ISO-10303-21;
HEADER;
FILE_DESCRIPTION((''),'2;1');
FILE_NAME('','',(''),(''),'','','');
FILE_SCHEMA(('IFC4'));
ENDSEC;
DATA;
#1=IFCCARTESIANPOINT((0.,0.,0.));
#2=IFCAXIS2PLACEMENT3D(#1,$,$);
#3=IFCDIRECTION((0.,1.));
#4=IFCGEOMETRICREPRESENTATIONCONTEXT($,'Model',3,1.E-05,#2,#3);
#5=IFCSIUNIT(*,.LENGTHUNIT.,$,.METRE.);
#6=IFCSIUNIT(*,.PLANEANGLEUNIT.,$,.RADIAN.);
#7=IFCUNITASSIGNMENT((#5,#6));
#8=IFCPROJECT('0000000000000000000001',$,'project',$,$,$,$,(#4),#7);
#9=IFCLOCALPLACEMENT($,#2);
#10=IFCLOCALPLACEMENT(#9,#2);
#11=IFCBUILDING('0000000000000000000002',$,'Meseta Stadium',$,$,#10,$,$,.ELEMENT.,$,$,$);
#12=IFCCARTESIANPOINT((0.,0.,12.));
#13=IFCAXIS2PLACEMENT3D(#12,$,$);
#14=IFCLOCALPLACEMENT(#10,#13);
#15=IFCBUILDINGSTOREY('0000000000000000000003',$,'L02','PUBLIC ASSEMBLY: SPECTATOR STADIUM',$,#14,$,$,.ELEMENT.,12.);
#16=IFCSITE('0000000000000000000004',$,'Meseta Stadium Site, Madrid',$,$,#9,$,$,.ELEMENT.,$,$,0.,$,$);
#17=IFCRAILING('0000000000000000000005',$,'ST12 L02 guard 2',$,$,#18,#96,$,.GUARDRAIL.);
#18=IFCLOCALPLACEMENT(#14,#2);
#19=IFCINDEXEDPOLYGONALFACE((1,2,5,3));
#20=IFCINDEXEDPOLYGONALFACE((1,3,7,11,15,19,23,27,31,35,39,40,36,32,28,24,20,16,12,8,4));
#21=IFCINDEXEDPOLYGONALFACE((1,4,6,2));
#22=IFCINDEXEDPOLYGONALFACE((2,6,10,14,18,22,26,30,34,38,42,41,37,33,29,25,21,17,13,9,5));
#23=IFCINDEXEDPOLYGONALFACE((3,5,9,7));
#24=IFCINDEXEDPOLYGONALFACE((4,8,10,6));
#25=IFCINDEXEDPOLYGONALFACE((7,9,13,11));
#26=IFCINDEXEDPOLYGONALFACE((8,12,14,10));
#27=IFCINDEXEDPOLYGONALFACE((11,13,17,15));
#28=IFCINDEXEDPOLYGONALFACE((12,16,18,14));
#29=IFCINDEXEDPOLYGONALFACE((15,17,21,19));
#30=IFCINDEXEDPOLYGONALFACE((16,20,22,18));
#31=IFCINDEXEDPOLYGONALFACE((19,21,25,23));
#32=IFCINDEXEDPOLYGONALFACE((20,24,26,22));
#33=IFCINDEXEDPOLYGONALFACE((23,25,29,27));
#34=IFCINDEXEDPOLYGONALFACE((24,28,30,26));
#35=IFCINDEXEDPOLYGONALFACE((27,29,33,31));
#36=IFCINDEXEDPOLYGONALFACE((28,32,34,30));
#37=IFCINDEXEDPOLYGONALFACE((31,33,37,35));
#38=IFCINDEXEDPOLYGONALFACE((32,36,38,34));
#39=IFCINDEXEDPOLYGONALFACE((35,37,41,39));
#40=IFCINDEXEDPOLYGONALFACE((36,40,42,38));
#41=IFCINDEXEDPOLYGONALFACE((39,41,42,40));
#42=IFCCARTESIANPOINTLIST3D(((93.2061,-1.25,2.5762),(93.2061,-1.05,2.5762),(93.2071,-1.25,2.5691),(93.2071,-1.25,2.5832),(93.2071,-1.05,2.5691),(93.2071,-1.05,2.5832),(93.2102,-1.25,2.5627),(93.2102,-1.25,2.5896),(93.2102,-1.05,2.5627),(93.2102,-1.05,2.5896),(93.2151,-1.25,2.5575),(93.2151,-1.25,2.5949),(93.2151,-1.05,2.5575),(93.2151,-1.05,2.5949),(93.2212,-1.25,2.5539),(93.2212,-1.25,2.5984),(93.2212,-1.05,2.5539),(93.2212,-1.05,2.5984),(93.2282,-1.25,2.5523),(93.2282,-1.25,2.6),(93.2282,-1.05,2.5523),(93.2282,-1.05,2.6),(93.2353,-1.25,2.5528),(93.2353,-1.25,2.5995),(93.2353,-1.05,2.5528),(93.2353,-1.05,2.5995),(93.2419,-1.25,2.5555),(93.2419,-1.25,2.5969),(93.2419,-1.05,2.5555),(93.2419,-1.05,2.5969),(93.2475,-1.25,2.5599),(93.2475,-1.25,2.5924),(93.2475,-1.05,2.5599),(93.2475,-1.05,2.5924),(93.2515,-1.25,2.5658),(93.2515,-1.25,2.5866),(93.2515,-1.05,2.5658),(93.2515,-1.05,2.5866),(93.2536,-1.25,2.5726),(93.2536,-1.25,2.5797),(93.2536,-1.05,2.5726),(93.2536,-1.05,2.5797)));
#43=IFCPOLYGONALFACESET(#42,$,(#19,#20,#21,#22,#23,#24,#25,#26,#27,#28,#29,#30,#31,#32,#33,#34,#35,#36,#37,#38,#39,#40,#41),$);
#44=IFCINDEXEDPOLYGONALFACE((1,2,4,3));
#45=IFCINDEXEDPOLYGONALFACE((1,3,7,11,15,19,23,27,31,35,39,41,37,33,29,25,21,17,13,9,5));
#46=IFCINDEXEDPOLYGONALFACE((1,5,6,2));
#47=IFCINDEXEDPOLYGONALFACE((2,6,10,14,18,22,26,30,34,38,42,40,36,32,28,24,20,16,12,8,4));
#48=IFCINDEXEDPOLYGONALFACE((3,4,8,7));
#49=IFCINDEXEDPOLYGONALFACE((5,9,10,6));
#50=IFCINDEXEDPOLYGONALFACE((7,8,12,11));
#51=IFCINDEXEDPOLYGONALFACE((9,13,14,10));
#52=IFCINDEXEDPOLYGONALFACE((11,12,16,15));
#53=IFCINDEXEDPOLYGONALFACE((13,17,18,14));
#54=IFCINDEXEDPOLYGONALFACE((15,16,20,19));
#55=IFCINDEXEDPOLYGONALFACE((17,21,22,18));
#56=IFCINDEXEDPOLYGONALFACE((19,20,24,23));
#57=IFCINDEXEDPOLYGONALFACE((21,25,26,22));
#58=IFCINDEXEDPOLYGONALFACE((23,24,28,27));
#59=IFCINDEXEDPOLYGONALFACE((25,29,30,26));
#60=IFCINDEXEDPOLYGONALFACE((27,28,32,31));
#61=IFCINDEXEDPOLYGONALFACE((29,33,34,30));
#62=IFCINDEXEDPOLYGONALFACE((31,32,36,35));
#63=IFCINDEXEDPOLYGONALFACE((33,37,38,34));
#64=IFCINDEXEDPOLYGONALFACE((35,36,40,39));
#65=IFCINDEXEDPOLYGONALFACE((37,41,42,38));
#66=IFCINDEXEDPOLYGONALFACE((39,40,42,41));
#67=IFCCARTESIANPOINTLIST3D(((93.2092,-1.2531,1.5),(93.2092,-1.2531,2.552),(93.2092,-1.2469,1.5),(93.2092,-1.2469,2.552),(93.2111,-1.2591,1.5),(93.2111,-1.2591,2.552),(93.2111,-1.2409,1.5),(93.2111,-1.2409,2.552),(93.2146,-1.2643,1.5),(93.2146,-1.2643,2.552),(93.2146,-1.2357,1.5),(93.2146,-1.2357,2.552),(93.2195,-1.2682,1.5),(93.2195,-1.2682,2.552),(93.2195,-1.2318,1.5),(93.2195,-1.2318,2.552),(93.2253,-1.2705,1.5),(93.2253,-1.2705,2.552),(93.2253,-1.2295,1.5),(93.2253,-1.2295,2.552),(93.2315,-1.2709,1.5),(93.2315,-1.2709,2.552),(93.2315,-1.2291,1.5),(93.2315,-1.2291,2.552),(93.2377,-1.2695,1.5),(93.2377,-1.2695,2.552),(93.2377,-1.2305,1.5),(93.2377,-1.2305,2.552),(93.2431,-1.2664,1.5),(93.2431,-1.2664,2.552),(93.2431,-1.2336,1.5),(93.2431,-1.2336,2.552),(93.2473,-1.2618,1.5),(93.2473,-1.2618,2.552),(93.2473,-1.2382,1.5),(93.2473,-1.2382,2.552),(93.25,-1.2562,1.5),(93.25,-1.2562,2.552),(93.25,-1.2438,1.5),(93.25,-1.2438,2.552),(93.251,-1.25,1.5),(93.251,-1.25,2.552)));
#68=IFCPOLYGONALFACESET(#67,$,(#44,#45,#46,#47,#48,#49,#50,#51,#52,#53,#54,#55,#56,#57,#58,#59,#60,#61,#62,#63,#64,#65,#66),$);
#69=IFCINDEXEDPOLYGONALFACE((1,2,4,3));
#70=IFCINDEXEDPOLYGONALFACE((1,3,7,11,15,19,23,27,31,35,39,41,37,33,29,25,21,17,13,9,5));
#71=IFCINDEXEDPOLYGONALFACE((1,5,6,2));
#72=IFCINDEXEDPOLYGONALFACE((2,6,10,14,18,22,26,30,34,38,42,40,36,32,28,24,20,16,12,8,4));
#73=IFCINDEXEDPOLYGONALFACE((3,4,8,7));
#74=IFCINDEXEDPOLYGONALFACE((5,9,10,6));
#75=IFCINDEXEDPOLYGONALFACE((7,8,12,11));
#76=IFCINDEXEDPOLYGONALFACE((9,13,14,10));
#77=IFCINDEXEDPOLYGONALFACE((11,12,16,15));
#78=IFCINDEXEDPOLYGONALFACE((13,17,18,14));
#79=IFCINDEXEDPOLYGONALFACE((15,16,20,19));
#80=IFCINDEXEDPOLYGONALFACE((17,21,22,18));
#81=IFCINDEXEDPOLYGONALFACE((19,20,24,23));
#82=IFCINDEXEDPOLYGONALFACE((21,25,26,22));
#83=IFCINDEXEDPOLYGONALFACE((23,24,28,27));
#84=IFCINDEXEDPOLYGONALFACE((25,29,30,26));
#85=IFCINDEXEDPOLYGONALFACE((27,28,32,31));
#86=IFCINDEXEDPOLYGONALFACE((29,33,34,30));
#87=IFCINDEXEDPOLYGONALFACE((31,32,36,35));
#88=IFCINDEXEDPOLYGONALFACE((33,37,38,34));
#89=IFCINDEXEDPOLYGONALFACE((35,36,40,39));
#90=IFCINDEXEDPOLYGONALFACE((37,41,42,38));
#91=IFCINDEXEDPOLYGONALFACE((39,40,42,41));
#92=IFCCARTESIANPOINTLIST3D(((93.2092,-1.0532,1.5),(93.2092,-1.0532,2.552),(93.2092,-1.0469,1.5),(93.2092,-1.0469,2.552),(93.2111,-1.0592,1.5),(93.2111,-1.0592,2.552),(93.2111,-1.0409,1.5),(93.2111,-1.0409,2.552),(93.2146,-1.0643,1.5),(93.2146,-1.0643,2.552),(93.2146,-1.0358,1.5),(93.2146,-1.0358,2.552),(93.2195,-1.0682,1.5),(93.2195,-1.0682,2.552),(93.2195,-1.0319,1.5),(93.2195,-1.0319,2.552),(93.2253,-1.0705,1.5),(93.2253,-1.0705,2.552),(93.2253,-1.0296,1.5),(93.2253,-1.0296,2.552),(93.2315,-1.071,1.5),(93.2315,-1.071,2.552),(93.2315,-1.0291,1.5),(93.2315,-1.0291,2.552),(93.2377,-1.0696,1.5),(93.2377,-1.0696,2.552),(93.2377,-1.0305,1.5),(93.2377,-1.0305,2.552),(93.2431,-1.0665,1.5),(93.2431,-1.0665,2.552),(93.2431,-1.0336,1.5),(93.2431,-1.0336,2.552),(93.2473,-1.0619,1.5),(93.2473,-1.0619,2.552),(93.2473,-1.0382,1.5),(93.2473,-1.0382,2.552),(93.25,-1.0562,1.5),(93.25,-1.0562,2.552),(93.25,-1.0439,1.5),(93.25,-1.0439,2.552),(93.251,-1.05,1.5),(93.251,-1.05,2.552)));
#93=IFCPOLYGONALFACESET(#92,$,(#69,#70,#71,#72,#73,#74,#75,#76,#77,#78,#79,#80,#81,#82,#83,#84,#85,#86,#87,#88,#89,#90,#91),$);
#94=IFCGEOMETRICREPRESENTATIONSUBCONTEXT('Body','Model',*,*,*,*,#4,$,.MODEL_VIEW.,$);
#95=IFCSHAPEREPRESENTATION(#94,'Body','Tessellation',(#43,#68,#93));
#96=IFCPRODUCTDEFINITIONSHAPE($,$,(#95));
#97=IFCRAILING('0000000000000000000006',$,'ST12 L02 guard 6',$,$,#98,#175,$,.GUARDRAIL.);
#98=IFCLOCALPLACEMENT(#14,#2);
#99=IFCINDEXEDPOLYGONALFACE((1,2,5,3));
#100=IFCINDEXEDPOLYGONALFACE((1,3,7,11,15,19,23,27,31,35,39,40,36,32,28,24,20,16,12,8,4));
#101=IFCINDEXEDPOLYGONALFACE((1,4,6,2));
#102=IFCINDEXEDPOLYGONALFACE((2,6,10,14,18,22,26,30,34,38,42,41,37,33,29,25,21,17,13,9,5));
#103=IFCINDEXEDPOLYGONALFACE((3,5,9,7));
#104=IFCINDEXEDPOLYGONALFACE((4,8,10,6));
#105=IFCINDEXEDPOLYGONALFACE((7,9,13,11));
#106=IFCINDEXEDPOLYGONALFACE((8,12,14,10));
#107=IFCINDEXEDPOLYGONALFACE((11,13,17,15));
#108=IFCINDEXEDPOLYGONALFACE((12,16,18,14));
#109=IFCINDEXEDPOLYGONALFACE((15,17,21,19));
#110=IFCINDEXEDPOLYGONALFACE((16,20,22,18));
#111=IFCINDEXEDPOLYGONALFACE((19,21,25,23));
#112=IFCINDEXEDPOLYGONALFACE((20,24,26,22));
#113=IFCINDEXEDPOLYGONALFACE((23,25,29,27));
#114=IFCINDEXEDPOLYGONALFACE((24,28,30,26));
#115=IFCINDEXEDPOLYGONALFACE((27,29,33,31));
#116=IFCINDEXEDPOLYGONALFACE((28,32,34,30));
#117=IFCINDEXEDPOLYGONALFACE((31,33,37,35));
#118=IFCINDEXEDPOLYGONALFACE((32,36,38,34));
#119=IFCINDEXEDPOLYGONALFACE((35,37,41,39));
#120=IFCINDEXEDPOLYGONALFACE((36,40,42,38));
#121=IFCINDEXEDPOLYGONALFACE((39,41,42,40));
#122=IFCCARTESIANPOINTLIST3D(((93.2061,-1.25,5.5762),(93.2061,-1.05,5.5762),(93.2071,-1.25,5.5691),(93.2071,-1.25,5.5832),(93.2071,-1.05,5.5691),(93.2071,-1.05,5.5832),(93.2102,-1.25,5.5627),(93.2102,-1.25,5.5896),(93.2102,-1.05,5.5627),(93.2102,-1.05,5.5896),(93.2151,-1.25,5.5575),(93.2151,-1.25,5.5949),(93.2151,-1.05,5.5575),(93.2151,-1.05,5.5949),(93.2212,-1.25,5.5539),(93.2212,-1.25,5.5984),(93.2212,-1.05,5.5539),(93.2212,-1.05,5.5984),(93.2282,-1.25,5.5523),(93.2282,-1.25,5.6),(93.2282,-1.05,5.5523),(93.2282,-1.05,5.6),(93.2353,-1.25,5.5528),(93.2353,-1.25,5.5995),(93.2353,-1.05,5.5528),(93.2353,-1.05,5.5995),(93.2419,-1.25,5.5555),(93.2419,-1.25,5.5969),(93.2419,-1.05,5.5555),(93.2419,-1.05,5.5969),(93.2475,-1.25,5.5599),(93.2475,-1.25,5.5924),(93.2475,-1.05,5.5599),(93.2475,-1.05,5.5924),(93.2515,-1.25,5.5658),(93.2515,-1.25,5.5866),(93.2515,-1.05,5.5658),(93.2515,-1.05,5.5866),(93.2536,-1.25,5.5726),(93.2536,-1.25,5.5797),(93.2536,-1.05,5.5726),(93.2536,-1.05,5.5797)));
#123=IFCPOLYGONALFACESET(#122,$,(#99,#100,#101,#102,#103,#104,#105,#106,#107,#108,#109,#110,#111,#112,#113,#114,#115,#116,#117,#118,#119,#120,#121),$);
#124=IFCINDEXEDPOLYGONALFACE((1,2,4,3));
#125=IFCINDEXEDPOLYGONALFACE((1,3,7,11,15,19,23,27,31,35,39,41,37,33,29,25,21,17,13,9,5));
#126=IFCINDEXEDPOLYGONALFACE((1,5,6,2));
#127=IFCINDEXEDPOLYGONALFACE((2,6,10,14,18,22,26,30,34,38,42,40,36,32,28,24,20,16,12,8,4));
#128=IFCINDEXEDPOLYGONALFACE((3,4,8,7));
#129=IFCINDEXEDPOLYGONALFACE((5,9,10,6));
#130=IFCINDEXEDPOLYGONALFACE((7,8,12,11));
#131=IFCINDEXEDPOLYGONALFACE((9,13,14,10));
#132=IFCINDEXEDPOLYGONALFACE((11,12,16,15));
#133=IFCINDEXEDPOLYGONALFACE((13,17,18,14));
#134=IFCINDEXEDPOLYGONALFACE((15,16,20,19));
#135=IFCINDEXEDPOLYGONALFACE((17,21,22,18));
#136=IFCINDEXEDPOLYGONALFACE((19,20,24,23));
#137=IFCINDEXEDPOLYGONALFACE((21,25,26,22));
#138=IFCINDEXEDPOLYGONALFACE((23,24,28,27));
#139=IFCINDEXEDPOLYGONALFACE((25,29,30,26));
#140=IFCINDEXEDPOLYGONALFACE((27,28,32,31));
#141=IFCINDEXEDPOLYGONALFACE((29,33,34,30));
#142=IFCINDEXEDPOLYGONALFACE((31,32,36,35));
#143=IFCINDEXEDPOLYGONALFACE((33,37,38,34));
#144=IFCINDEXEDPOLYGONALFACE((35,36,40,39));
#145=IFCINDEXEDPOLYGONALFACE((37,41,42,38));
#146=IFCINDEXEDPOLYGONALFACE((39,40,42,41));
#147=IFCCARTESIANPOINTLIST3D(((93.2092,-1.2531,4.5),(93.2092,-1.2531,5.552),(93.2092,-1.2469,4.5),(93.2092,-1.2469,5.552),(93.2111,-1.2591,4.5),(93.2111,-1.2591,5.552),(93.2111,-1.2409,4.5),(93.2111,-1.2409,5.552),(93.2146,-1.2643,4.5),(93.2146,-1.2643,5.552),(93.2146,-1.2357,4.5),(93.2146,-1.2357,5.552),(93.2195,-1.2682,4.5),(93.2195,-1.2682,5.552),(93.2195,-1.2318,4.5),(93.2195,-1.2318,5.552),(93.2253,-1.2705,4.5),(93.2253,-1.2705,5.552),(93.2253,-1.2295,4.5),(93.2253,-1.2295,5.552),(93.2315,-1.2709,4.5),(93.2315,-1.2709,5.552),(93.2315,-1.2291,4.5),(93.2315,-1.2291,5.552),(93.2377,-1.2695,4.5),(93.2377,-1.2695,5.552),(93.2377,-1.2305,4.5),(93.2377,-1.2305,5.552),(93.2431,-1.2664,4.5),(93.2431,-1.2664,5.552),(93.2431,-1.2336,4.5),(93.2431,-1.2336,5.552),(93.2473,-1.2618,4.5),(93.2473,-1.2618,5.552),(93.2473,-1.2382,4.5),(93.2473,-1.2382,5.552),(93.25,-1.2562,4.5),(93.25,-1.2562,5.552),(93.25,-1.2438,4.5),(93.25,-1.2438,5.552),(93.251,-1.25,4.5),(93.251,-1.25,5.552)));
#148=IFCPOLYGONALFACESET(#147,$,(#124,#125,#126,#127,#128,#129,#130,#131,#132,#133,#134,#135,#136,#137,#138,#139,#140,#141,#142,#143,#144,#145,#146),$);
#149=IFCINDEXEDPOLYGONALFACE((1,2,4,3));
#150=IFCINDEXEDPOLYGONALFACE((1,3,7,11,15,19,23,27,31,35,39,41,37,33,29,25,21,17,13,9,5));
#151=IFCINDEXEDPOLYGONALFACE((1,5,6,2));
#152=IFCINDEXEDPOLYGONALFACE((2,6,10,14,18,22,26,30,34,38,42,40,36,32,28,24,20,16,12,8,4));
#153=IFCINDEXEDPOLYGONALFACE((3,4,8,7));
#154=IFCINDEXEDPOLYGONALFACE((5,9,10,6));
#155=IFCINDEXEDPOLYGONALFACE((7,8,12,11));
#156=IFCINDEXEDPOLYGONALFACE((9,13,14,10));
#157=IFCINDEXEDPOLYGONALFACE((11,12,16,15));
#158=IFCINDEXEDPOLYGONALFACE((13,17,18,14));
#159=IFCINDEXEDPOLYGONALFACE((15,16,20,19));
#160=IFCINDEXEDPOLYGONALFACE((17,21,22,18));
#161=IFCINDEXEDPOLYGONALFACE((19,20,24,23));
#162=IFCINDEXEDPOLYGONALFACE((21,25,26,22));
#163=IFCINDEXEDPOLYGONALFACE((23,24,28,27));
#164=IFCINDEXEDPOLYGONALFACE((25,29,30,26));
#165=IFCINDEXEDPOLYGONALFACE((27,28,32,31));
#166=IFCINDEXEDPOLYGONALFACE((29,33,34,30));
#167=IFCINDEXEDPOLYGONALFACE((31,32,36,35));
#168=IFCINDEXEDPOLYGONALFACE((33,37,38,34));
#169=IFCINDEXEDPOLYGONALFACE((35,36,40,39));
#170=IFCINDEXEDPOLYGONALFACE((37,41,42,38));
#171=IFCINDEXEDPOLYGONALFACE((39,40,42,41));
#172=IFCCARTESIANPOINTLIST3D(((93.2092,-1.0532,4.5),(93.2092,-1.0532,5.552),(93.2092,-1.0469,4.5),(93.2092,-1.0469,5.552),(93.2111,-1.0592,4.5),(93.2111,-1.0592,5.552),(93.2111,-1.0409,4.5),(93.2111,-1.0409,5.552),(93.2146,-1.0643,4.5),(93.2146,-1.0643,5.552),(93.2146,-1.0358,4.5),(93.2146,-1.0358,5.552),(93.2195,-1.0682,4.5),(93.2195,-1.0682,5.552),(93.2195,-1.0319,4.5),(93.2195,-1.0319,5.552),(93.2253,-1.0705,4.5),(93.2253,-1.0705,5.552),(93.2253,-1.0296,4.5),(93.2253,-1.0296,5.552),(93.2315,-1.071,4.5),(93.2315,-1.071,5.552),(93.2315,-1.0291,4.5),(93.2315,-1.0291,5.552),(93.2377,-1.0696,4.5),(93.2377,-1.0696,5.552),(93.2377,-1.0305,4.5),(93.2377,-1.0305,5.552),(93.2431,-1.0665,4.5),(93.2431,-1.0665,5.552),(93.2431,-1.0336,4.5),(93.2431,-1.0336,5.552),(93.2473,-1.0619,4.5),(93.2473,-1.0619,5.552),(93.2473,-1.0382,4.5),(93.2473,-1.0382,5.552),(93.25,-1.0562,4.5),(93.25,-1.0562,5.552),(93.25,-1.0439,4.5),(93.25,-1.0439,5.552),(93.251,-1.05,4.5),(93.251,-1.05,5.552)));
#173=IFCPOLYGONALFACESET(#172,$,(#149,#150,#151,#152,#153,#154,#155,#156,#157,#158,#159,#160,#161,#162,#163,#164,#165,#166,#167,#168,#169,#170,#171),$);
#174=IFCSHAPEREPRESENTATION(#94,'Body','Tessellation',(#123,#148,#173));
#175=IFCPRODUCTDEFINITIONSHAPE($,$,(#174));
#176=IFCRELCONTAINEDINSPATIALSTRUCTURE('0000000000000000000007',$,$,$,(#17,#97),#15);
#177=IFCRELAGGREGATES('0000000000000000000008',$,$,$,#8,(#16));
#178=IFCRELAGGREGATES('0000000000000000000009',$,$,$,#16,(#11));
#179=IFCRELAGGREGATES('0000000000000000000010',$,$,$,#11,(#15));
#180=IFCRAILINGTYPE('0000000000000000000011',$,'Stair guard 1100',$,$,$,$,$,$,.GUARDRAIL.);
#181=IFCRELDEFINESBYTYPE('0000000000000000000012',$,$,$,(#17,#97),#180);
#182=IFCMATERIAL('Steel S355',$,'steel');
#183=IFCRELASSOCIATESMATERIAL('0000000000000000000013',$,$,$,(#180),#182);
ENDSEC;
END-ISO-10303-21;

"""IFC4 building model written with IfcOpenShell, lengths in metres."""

from ifc_helpers import new_model, si_unit, direction, frame, origin, origin_2d, place, context, subcontext, project, spatial, circle, extrude, material, type_object, element, save


model = new_model("IFC4")

# Units and contexts
model_context = context("Model", 3, precision=1e-05, world=origin(), true_north=direction((0.0, 1.0)))
body_context = subcontext(model_context, "Body", "Model", "MODEL_VIEW")
ifc_project = project(units=[si_unit("LENGTHUNIT", "METRE"), si_unit("PLANEANGLEUNIT", "RADIAN")], contexts=[model_context])

# Site, building, storey
site_placement = place(None, origin())
site = spatial("IfcSite", under=ifc_project, at=site_placement, Name="Meseta Stadium Site, Madrid", CompositionType="ELEMENT", RefElevation=0.0)
building_placement = place(site_placement, origin())
building = spatial("IfcBuilding", under=site, at=building_placement, Name="Meseta Stadium", CompositionType="ELEMENT")
storey_placement = place(building_placement, frame((0.0, 0.0, 12.0)))
storey = spatial("IfcBuildingStorey", under=building, at=storey_placement, Name="L02", Description="PUBLIC ASSEMBLY: SPECTATOR STADIUM", CompositionType="ELEMENT", Elevation=12.0)

# Railings
ifc_material_1 = material(Name="Steel S355", Category="steel")
railing_type = type_object("IfcRailingType", Name="Stair guard 1100", PredefinedType="GUARDRAIL", material=ifc_material_1)
for number, where, name in (
    (1, (93.23, -1.25, 1.5), "ST12 L02 guard 2"),
    (2, (93.23, -1.25, 4.5), "ST12 L02 guard 6"),
):
    element("IfcRailing", number, at=place(storey_placement, frame(where)), inside=storey, type_object=railing_type, Name=name, PredefinedType="GUARDRAIL", context=body_context, shape_type="SweptSolid", body=[
        extrude(circle(Radius=0.0239, at=origin_2d()), frame((0.0, 0.0, 1.0762), z_axis=(0.0, 1.0, 0.0), x_axis=(-1.0, 0.0, 0.0)), (0.0, 0.0, 1.0), 0.2),
        extrude(circle(Radius=0.021, at=origin_2d()), origin(), (0.0, 0.0, 1.0), 1.052),
        extrude(circle(Radius=0.021, at=origin_2d()), frame((0.0, 0.2, 0.0)), (0.0, 0.0, 1.0), 1.052),
    ])

save(model, "model.ifc")
